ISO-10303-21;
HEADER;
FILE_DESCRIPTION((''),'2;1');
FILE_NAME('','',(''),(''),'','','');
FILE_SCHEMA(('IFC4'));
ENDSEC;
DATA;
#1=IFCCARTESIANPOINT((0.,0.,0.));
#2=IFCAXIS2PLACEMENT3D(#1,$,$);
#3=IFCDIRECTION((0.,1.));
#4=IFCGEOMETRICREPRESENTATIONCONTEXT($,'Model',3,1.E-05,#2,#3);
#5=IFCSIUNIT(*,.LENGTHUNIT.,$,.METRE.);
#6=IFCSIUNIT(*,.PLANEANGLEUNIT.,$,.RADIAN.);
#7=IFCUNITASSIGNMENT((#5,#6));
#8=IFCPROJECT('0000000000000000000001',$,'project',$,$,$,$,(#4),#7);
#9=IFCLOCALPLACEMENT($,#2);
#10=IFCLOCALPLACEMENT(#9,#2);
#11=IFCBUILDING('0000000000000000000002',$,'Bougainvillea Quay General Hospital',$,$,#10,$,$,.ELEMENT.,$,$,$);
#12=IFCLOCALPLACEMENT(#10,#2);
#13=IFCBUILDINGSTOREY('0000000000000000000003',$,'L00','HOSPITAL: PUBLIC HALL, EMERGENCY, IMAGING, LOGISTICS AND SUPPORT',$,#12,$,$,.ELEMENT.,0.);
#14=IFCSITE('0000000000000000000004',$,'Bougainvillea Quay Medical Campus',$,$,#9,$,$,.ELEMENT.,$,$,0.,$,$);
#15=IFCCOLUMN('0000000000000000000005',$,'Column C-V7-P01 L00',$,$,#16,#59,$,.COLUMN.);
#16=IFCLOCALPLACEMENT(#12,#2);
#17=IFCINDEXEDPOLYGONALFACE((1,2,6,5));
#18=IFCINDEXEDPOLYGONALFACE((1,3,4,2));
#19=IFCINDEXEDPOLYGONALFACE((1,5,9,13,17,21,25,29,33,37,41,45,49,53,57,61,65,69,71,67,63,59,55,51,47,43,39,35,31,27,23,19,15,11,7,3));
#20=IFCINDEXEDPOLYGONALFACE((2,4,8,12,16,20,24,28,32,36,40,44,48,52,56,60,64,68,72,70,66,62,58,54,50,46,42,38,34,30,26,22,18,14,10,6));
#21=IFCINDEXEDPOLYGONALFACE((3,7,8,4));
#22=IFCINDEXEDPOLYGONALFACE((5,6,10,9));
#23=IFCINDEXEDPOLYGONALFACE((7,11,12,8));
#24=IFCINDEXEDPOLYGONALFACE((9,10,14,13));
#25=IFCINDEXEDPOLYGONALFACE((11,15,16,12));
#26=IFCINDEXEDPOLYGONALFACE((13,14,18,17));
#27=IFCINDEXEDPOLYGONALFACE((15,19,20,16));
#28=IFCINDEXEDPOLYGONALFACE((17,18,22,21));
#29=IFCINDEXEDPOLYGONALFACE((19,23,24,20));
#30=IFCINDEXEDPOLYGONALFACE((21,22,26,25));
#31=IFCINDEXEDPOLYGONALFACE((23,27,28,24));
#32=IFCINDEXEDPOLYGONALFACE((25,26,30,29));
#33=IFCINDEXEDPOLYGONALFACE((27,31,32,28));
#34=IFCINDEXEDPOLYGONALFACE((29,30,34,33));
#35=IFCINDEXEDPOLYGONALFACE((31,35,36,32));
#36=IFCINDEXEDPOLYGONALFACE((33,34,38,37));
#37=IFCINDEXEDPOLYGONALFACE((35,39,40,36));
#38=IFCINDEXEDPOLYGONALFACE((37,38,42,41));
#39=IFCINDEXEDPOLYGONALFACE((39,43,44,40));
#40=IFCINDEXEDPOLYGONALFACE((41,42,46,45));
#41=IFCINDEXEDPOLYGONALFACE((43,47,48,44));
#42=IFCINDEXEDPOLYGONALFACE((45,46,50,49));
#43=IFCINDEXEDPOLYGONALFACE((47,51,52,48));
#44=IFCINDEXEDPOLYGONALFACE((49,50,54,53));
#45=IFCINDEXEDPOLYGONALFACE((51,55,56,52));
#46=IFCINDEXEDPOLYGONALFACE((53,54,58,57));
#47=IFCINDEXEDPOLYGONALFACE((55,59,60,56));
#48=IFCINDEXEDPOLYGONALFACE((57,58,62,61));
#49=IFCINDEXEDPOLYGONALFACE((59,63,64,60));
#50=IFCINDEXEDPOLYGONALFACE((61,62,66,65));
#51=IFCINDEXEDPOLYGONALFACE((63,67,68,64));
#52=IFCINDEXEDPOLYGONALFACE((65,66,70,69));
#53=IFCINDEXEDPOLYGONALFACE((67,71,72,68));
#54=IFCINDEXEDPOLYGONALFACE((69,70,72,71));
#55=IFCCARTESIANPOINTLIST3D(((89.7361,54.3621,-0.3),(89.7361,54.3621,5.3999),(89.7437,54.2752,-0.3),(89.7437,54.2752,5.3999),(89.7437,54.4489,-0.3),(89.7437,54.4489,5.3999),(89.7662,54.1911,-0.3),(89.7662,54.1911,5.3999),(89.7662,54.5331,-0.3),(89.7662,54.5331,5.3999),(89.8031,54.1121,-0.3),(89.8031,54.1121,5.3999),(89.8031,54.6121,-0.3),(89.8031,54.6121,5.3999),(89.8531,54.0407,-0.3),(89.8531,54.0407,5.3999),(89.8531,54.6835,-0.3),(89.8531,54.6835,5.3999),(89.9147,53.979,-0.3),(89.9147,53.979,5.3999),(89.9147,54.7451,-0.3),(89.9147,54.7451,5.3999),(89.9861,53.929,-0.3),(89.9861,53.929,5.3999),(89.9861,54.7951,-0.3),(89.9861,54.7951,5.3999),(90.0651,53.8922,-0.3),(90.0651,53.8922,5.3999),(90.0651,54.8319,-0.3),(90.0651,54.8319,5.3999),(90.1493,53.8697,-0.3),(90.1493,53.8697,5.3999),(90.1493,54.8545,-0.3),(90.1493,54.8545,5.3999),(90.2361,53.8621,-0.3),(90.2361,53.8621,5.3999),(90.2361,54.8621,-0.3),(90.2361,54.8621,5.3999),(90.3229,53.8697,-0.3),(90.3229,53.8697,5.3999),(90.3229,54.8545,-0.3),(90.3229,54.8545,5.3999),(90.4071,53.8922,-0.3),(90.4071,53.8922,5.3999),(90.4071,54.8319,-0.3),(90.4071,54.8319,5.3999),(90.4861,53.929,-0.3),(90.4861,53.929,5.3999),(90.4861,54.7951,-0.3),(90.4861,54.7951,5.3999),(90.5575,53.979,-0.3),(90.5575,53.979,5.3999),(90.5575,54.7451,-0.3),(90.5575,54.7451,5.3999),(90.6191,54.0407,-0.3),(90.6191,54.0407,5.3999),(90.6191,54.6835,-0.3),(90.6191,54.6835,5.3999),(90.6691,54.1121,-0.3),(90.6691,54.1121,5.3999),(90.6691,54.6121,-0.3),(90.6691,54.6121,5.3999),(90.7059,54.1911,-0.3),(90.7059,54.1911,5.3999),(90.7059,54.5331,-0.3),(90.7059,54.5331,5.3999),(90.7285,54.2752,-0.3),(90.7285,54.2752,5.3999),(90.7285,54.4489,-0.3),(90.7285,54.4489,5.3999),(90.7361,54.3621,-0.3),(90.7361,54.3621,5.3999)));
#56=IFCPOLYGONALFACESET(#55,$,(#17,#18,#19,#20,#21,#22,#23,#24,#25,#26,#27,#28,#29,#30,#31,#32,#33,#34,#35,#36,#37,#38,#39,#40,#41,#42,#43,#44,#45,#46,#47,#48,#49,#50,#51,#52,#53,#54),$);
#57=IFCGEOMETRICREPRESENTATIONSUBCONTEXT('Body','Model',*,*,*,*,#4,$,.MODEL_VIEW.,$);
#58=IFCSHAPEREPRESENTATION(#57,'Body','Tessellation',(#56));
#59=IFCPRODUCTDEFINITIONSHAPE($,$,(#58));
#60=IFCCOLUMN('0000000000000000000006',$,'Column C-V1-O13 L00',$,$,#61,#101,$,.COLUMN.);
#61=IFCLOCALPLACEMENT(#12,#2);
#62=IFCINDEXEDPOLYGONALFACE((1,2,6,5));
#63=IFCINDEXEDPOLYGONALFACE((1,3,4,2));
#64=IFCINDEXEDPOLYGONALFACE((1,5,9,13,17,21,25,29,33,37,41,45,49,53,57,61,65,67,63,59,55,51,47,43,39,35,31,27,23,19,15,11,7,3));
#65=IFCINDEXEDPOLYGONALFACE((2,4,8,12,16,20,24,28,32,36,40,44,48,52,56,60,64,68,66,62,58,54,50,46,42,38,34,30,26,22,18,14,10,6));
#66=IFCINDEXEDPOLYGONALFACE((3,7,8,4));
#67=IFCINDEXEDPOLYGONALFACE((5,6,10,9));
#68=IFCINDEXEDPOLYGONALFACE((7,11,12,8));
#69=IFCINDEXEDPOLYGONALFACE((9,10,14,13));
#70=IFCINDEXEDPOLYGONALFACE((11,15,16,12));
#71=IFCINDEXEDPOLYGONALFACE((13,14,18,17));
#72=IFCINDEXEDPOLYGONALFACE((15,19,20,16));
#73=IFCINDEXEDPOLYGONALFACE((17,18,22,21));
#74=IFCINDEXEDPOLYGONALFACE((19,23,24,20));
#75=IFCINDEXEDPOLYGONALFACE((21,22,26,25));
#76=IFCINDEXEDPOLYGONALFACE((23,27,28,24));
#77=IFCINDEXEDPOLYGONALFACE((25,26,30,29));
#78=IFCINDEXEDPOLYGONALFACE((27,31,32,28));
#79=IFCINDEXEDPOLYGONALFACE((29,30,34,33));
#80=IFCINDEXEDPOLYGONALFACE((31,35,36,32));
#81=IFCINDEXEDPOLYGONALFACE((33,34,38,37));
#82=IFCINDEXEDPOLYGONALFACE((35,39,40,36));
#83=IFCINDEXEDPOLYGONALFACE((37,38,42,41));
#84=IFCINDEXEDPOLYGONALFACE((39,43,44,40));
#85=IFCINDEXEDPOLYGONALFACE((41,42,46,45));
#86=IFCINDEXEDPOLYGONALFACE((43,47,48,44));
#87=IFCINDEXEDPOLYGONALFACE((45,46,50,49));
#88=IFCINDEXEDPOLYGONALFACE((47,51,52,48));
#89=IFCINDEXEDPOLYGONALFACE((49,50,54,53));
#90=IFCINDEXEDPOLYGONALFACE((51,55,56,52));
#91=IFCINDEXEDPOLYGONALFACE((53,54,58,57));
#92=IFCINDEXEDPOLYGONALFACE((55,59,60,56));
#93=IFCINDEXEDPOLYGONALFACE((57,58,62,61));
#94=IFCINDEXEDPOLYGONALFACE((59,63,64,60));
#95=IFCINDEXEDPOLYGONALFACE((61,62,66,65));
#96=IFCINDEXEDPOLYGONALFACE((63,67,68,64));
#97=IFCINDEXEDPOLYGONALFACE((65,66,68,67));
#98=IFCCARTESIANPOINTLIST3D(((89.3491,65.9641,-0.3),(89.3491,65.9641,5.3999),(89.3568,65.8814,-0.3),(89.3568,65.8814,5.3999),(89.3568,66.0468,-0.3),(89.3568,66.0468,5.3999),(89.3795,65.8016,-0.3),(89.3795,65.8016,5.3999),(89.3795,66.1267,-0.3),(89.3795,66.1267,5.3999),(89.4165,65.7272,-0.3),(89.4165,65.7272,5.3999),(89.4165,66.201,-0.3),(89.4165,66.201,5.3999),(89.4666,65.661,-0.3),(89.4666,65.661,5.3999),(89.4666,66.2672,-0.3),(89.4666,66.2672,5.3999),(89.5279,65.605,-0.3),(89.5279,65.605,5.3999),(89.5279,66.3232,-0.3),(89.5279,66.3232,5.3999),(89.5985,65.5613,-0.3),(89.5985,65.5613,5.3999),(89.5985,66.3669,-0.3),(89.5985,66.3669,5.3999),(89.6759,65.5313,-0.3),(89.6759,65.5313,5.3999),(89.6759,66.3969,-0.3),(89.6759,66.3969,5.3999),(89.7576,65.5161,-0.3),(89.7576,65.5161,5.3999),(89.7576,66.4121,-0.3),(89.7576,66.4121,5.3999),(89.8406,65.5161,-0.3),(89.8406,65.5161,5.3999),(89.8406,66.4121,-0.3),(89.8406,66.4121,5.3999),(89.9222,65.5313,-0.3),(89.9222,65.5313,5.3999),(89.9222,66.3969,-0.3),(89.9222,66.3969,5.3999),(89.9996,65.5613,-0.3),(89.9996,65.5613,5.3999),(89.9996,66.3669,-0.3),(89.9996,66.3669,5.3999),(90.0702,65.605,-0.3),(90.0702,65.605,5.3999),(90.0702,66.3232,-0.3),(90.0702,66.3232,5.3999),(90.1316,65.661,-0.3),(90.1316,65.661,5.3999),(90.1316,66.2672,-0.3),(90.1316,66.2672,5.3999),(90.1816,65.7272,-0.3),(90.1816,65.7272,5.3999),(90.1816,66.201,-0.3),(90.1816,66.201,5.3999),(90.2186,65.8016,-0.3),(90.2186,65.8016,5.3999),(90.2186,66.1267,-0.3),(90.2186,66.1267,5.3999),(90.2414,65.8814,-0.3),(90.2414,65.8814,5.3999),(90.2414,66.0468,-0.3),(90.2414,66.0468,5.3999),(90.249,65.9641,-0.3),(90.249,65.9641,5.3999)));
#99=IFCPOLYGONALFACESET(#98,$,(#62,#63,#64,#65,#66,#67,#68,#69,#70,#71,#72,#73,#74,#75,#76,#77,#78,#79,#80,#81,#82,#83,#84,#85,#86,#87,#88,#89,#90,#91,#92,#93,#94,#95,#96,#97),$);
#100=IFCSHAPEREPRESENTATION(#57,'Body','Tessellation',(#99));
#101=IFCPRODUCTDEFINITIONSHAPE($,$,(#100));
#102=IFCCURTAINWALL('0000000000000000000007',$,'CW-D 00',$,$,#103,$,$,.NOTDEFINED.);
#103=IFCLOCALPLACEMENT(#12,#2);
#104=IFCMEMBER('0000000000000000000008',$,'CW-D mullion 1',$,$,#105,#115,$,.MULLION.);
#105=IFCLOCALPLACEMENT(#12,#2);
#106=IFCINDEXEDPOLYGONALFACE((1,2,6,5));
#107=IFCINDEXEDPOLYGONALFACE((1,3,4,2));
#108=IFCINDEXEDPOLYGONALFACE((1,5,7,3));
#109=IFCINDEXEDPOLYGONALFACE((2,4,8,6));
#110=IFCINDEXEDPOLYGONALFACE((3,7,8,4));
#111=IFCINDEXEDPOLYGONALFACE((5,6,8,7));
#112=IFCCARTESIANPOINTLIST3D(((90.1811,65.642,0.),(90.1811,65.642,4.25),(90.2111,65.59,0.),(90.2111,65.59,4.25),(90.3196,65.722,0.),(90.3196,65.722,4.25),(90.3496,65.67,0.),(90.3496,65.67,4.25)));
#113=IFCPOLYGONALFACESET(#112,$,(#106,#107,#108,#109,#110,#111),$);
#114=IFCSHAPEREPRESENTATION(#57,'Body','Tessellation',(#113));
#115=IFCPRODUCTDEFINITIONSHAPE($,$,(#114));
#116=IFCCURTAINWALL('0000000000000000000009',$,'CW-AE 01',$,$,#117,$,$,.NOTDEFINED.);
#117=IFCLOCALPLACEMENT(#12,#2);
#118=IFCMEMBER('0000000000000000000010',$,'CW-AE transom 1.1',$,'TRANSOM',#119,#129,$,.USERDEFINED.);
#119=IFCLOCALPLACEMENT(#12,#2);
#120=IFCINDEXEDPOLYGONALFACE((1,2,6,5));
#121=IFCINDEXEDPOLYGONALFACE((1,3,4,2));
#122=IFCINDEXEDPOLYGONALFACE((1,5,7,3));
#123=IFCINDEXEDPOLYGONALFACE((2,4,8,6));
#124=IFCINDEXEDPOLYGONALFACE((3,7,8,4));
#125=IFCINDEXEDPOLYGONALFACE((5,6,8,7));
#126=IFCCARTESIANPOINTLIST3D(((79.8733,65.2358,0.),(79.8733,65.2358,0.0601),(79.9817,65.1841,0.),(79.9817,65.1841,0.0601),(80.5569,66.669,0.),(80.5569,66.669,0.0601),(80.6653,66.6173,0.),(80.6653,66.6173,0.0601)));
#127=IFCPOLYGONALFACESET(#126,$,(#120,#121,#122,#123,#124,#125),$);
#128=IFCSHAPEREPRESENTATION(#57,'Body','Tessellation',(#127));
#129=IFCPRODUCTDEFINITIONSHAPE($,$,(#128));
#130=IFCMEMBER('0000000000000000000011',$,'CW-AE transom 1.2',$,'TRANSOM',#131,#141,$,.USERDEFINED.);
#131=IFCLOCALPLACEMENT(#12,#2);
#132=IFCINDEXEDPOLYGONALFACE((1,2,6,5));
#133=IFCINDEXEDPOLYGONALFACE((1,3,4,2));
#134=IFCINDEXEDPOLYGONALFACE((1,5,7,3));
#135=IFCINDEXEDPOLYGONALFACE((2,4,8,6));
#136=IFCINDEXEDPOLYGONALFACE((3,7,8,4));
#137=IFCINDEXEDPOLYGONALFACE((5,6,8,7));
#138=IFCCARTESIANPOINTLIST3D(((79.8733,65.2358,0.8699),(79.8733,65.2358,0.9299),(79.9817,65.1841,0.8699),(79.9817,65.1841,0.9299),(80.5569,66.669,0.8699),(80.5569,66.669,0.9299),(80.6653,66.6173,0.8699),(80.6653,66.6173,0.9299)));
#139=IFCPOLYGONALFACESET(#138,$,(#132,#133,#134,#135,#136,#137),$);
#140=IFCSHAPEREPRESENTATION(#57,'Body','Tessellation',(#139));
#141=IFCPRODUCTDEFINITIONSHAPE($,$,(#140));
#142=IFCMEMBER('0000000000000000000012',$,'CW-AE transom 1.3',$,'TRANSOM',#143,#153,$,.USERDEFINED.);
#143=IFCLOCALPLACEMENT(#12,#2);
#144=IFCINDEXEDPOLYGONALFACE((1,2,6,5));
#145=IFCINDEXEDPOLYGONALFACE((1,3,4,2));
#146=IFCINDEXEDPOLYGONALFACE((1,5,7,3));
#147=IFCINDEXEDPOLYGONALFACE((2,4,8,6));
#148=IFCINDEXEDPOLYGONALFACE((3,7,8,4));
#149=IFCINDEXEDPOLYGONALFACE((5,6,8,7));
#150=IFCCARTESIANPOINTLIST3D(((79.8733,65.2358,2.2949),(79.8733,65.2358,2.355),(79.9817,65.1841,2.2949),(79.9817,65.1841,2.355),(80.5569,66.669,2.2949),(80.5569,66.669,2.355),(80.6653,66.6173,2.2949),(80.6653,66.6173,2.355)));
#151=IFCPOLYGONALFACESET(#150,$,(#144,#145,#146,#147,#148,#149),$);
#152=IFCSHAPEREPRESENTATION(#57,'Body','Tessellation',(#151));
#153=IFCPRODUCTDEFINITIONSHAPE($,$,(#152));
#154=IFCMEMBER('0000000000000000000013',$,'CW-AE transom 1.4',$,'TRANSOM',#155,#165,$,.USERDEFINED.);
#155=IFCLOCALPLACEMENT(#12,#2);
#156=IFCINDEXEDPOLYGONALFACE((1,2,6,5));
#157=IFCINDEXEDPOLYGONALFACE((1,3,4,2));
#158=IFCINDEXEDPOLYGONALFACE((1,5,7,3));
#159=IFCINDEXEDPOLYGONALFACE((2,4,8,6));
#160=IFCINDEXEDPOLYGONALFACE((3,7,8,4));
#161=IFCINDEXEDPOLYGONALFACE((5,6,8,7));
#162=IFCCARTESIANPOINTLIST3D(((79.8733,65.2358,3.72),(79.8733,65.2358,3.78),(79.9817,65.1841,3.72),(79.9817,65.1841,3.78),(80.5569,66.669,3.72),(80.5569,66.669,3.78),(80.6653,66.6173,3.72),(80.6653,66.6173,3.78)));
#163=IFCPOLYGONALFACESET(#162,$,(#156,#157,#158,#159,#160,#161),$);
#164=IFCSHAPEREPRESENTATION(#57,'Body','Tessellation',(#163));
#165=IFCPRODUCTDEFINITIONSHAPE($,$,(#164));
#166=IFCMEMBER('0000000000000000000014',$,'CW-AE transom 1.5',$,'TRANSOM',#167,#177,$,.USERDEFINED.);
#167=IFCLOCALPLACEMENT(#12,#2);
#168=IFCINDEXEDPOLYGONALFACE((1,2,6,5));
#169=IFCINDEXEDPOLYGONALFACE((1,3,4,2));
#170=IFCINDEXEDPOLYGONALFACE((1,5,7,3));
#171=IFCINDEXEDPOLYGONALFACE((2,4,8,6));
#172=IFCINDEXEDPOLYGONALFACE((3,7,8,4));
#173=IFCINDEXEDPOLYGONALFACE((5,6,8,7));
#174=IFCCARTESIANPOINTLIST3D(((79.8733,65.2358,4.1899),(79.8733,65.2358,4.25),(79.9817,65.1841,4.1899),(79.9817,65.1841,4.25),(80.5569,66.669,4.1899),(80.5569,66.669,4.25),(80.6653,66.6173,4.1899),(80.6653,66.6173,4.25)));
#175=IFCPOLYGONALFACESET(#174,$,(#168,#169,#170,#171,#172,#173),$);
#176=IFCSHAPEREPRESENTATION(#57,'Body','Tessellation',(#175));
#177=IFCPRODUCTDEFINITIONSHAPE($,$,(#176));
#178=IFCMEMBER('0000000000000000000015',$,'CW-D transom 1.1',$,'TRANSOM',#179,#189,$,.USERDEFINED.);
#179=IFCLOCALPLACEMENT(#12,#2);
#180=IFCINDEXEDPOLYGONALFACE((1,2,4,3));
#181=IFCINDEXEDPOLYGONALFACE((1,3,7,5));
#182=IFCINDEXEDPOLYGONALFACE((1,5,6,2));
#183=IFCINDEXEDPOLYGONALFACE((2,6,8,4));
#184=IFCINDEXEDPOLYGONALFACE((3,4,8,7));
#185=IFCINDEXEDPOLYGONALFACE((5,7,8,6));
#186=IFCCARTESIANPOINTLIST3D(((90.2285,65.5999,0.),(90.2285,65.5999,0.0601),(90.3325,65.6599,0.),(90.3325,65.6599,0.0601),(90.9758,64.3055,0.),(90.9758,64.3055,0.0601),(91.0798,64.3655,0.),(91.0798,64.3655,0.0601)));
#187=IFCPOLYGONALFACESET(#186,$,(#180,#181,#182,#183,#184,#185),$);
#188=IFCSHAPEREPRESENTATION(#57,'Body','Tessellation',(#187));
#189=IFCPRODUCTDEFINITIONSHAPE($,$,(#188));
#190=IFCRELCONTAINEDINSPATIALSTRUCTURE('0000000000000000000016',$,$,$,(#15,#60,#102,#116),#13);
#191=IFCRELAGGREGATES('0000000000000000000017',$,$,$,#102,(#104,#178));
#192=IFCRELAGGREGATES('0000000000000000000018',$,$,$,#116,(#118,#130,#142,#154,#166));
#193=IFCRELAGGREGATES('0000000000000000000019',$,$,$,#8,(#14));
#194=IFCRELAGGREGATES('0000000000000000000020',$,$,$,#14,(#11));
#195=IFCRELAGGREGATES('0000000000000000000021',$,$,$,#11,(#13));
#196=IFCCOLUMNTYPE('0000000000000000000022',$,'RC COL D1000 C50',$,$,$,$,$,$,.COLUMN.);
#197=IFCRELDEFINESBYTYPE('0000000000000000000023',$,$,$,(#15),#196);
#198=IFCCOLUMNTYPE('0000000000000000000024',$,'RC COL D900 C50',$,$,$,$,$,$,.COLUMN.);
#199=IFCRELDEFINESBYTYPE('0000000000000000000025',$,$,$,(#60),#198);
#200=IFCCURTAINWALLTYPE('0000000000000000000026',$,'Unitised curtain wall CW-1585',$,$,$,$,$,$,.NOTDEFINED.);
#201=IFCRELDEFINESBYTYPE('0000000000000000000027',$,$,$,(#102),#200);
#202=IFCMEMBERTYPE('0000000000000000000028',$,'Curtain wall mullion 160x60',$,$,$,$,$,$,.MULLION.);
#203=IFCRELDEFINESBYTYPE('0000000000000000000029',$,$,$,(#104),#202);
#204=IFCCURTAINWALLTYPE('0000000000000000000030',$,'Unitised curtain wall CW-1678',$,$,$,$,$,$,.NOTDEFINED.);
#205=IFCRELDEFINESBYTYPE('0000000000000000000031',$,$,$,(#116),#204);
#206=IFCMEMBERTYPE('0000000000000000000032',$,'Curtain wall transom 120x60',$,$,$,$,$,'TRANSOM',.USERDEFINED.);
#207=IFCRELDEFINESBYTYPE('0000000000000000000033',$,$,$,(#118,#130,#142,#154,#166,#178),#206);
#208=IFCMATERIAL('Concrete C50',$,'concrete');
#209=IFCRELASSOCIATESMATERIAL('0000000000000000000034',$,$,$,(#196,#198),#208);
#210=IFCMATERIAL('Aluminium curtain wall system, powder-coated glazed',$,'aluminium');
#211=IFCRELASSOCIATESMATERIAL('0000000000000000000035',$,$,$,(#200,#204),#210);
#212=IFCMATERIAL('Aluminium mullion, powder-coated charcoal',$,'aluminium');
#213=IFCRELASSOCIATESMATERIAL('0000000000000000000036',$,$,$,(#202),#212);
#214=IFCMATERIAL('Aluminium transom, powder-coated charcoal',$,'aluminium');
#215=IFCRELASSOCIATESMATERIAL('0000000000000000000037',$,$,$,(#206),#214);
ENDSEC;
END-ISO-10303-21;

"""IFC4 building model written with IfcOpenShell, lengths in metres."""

from ifc_helpers import new_model, si_unit, direction, frame, origin, origin_2d, place, context, subcontext, project, spatial, rectangle, circle, extrude, material, material_profile, profile_set, type_object, element, aggregate, save


model = new_model("IFC4")

# Units and contexts
model_context = context("Model", 3, precision=1e-05, world=origin(), true_north=direction((0.0, 1.0)))
body_context = subcontext(model_context, "Body", "Model", "MODEL_VIEW")
ifc_project = project(units=[si_unit("LENGTHUNIT", "METRE"), si_unit("PLANEANGLEUNIT", "RADIAN")], contexts=[model_context])

# Site, building, storey
site_placement = place(None, origin())
site = spatial("IfcSite", under=ifc_project, at=site_placement, Name="Bougainvillea Quay Medical Campus", CompositionType="ELEMENT", RefElevation=0.0)
building_placement = place(site_placement, origin())
building = spatial("IfcBuilding", under=site, at=building_placement, Name="Bougainvillea Quay General Hospital", CompositionType="ELEMENT")
storey_placement = place(building_placement, origin())
storey = spatial("IfcBuildingStorey", under=building, at=storey_placement, Name="L00", Description="HOSPITAL: PUBLIC HALL, EMERGENCY, IMAGING, LOGISTICS AND SUPPORT", CompositionType="ELEMENT", Elevation=0.0)

# Columns
ifc_material_1 = material(Name="Concrete C50", Category="concrete")
ifc_material_profile_1 = material_profile(ifc_material_1, circle(Radius=0.5, at=origin_2d()))
ifc_profile_set_1 = profile_set([ifc_material_profile_1], Name="Concrete C50")
column_type_1 = type_object("IfcColumnType", Name="RC COL D1000 C50", PredefinedType="COLUMN", material=ifc_profile_set_1)
for number, where, z_axis, x_axis, name in (
    (1, (90.2361, 54.3621, -0.3), (0.0, 0.0, 1.0), (1.0, 0.0, 0.0), "Column C-V7-P01 L00"),
):
    element("IfcColumn", number, at=place(storey_placement, frame(where, z_axis=z_axis, x_axis=x_axis)), inside=storey, type_object=column_type_1, Name=name, PredefinedType="COLUMN", context=body_context, shape_type="SweptSolid", body=[
        extrude(circle(Radius=0.5, at=origin_2d()), origin(), (0.0, 0.0, 1.0), 5.7),
    ])
ifc_material_profile_2 = material_profile(ifc_material_1, circle(Radius=0.45, at=origin_2d()))
ifc_profile_set_2 = profile_set([ifc_material_profile_2], Name="Concrete C50")
column_type_2 = type_object("IfcColumnType", Name="RC COL D900 C50", PredefinedType="COLUMN", material=ifc_profile_set_2)
column_placement = place(storey_placement, frame((89.7991, 65.9641, -0.3), z_axis=(0.0, 0.0, 1.0), x_axis=(1.0, 0.0, 0.0)))
element("IfcColumn", 2, at=column_placement, inside=storey, type_object=column_type_2, Name="Column C-V1-O13 L00", PredefinedType="COLUMN", context=body_context, shape_type="SweptSolid", body=[
    extrude(circle(Radius=0.45, at=origin_2d()), origin(), (0.0, 0.0, 1.0), 5.7),
])

# Curtain wall, member
ifc_material_2 = material(Name="Aluminium curtain wall system, powder-coated glazed", Category="aluminium")
curtain_wall_type_1 = type_object("IfcCurtainWallType", Name="Unitised curtain wall CW-1585", PredefinedType="NOTDEFINED", material=ifc_material_2)
curtain_wall_1_placement = place(storey_placement, origin())
curtain_wall_1 = element("IfcCurtainWall", 3, at=curtain_wall_1_placement, inside=storey, type_object=curtain_wall_type_1, Name="CW-D 00", PredefinedType="NOTDEFINED")
ifc_material_3 = material(Name="Aluminium mullion, powder-coated charcoal", Category="aluminium")
ifc_material_profile_3 = material_profile(ifc_material_3, rectangle(XDim=0.1599, YDim=0.0601, at=origin_2d()))
ifc_profile_set_3 = profile_set([ifc_material_profile_3], Name="Aluminium mullion, powder-coated charcoal")
member_type_1 = type_object("IfcMemberType", Name="Curtain wall mullion 160x60", PredefinedType="MULLION", material=ifc_profile_set_3)
member_1_placement = place(storey_placement, frame((90.2654, 65.656, 0.0), z_axis=(0.0, 0.0, 1.0), x_axis=(0.866046, 0.499965, 0.0)))
member_1 = element("IfcMember", 4, at=member_1_placement, type_object=member_type_1, Name="CW-D mullion 1", PredefinedType="MULLION", context=body_context, shape_type="SweptSolid", body=[
    extrude(rectangle(XDim=0.1599, YDim=0.0601, at=origin_2d()), origin(), (0.0, 0.0, 1.0), 4.25),
])

# Curtain wall, members
curtain_wall_type_2 = type_object("IfcCurtainWallType", Name="Unitised curtain wall CW-1678", PredefinedType="NOTDEFINED", material=ifc_material_2)
curtain_wall_2_placement = place(storey_placement, origin())
curtain_wall_2 = element("IfcCurtainWall", 5, at=curtain_wall_2_placement, inside=storey, type_object=curtain_wall_type_2, Name="CW-AE 01", PredefinedType="NOTDEFINED")
ifc_material_4 = material(Name="Aluminium transom, powder-coated charcoal", Category="aluminium")
ifc_material_profile_4 = material_profile(ifc_material_4, rectangle(XDim=0.1201, YDim=0.0601, at=origin_2d()))
ifc_profile_set_4 = profile_set([ifc_material_profile_4], Name="Aluminium transom, powder-coated charcoal")
member_type_2 = type_object("IfcMemberType", Name="Curtain wall transom 120x60", ElementType="TRANSOM", PredefinedType="USERDEFINED", material=ifc_profile_set_4)
member_2_placement = place(storey_placement, frame((79.9275, 65.21, 0.03), z_axis=(0.43053, 0.902576, 0.0), x_axis=(-0.902576, 0.43053, 0.0)))
member_2 = element("IfcMember", 6, at=member_2_placement, type_object=member_type_2, Name="CW-AE transom 1.1", ObjectType="TRANSOM", PredefinedType="USERDEFINED", context=body_context, shape_type="SweptSolid", body=[
    extrude(rectangle(XDim=0.1201, YDim=0.0601, at=origin_2d()), origin(), (0.0, 0.0, 1.0), 1.5879),
])
member_3_placement = place(storey_placement, frame((79.9275, 65.21, 0.8999), z_axis=(0.43053, 0.902576, 0.0), x_axis=(-0.902576, 0.43053, 0.0)))
member_3 = element("IfcMember", 7, at=member_3_placement, type_object=member_type_2, Name="CW-AE transom 1.2", ObjectType="TRANSOM", PredefinedType="USERDEFINED", context=body_context, shape_type="SweptSolid", body=[
    extrude(rectangle(XDim=0.1201, YDim=0.0601, at=origin_2d()), origin(), (0.0, 0.0, 1.0), 1.5879),
])
member_4_placement = place(storey_placement, frame((79.9275, 65.21, 2.325), z_axis=(0.43053, 0.902576, 0.0), x_axis=(-0.902576, 0.43053, 0.0)))
member_4 = element("IfcMember", 8, at=member_4_placement, type_object=member_type_2, Name="CW-AE transom 1.3", ObjectType="TRANSOM", PredefinedType="USERDEFINED", context=body_context, shape_type="SweptSolid", body=[
    extrude(rectangle(XDim=0.1201, YDim=0.0601, at=origin_2d()), origin(), (0.0, 0.0, 1.0), 1.5879),
])
member_5_placement = place(storey_placement, frame((79.9275, 65.21, 3.75), z_axis=(0.43053, 0.902576, 0.0), x_axis=(-0.902576, 0.43053, 0.0)))
member_5 = element("IfcMember", 9, at=member_5_placement, type_object=member_type_2, Name="CW-AE transom 1.4", ObjectType="TRANSOM", PredefinedType="USERDEFINED", context=body_context, shape_type="SweptSolid", body=[
    extrude(rectangle(XDim=0.1201, YDim=0.0601, at=origin_2d()), origin(), (0.0, 0.0, 1.0), 1.5879),
])
member_6_placement = place(storey_placement, frame((79.9275, 65.21, 4.22), z_axis=(0.43053, 0.902576, 0.0), x_axis=(-0.902576, 0.43053, 0.0)))
member_6 = element("IfcMember", 10, at=member_6_placement, type_object=member_type_2, Name="CW-AE transom 1.5", ObjectType="TRANSOM", PredefinedType="USERDEFINED", context=body_context, shape_type="SweptSolid", body=[
    extrude(rectangle(XDim=0.1201, YDim=0.0601, at=origin_2d()), origin(), (0.0, 0.0, 1.0), 1.5879),
])

# Member
member_7_placement = place(storey_placement, frame((90.2805, 65.6299, 0.03), z_axis=(0.499986, -0.866033, 0.0), x_axis=(0.866033, 0.499986, 0.0)))
member_7 = element("IfcMember", 11, at=member_7_placement, type_object=member_type_2, Name="CW-D transom 1.1", ObjectType="TRANSOM", PredefinedType="USERDEFINED", context=body_context, shape_type="SweptSolid", body=[
    extrude(rectangle(XDim=0.1201, YDim=0.0601, at=origin_2d()), origin(), (0.0, 0.0, 1.0), 1.4946),
])
aggregate(curtain_wall_1, [member_1, member_7])

aggregate(curtain_wall_2, [member_2, member_3, member_4, member_5, member_6])

save(model, "model.ifc")
